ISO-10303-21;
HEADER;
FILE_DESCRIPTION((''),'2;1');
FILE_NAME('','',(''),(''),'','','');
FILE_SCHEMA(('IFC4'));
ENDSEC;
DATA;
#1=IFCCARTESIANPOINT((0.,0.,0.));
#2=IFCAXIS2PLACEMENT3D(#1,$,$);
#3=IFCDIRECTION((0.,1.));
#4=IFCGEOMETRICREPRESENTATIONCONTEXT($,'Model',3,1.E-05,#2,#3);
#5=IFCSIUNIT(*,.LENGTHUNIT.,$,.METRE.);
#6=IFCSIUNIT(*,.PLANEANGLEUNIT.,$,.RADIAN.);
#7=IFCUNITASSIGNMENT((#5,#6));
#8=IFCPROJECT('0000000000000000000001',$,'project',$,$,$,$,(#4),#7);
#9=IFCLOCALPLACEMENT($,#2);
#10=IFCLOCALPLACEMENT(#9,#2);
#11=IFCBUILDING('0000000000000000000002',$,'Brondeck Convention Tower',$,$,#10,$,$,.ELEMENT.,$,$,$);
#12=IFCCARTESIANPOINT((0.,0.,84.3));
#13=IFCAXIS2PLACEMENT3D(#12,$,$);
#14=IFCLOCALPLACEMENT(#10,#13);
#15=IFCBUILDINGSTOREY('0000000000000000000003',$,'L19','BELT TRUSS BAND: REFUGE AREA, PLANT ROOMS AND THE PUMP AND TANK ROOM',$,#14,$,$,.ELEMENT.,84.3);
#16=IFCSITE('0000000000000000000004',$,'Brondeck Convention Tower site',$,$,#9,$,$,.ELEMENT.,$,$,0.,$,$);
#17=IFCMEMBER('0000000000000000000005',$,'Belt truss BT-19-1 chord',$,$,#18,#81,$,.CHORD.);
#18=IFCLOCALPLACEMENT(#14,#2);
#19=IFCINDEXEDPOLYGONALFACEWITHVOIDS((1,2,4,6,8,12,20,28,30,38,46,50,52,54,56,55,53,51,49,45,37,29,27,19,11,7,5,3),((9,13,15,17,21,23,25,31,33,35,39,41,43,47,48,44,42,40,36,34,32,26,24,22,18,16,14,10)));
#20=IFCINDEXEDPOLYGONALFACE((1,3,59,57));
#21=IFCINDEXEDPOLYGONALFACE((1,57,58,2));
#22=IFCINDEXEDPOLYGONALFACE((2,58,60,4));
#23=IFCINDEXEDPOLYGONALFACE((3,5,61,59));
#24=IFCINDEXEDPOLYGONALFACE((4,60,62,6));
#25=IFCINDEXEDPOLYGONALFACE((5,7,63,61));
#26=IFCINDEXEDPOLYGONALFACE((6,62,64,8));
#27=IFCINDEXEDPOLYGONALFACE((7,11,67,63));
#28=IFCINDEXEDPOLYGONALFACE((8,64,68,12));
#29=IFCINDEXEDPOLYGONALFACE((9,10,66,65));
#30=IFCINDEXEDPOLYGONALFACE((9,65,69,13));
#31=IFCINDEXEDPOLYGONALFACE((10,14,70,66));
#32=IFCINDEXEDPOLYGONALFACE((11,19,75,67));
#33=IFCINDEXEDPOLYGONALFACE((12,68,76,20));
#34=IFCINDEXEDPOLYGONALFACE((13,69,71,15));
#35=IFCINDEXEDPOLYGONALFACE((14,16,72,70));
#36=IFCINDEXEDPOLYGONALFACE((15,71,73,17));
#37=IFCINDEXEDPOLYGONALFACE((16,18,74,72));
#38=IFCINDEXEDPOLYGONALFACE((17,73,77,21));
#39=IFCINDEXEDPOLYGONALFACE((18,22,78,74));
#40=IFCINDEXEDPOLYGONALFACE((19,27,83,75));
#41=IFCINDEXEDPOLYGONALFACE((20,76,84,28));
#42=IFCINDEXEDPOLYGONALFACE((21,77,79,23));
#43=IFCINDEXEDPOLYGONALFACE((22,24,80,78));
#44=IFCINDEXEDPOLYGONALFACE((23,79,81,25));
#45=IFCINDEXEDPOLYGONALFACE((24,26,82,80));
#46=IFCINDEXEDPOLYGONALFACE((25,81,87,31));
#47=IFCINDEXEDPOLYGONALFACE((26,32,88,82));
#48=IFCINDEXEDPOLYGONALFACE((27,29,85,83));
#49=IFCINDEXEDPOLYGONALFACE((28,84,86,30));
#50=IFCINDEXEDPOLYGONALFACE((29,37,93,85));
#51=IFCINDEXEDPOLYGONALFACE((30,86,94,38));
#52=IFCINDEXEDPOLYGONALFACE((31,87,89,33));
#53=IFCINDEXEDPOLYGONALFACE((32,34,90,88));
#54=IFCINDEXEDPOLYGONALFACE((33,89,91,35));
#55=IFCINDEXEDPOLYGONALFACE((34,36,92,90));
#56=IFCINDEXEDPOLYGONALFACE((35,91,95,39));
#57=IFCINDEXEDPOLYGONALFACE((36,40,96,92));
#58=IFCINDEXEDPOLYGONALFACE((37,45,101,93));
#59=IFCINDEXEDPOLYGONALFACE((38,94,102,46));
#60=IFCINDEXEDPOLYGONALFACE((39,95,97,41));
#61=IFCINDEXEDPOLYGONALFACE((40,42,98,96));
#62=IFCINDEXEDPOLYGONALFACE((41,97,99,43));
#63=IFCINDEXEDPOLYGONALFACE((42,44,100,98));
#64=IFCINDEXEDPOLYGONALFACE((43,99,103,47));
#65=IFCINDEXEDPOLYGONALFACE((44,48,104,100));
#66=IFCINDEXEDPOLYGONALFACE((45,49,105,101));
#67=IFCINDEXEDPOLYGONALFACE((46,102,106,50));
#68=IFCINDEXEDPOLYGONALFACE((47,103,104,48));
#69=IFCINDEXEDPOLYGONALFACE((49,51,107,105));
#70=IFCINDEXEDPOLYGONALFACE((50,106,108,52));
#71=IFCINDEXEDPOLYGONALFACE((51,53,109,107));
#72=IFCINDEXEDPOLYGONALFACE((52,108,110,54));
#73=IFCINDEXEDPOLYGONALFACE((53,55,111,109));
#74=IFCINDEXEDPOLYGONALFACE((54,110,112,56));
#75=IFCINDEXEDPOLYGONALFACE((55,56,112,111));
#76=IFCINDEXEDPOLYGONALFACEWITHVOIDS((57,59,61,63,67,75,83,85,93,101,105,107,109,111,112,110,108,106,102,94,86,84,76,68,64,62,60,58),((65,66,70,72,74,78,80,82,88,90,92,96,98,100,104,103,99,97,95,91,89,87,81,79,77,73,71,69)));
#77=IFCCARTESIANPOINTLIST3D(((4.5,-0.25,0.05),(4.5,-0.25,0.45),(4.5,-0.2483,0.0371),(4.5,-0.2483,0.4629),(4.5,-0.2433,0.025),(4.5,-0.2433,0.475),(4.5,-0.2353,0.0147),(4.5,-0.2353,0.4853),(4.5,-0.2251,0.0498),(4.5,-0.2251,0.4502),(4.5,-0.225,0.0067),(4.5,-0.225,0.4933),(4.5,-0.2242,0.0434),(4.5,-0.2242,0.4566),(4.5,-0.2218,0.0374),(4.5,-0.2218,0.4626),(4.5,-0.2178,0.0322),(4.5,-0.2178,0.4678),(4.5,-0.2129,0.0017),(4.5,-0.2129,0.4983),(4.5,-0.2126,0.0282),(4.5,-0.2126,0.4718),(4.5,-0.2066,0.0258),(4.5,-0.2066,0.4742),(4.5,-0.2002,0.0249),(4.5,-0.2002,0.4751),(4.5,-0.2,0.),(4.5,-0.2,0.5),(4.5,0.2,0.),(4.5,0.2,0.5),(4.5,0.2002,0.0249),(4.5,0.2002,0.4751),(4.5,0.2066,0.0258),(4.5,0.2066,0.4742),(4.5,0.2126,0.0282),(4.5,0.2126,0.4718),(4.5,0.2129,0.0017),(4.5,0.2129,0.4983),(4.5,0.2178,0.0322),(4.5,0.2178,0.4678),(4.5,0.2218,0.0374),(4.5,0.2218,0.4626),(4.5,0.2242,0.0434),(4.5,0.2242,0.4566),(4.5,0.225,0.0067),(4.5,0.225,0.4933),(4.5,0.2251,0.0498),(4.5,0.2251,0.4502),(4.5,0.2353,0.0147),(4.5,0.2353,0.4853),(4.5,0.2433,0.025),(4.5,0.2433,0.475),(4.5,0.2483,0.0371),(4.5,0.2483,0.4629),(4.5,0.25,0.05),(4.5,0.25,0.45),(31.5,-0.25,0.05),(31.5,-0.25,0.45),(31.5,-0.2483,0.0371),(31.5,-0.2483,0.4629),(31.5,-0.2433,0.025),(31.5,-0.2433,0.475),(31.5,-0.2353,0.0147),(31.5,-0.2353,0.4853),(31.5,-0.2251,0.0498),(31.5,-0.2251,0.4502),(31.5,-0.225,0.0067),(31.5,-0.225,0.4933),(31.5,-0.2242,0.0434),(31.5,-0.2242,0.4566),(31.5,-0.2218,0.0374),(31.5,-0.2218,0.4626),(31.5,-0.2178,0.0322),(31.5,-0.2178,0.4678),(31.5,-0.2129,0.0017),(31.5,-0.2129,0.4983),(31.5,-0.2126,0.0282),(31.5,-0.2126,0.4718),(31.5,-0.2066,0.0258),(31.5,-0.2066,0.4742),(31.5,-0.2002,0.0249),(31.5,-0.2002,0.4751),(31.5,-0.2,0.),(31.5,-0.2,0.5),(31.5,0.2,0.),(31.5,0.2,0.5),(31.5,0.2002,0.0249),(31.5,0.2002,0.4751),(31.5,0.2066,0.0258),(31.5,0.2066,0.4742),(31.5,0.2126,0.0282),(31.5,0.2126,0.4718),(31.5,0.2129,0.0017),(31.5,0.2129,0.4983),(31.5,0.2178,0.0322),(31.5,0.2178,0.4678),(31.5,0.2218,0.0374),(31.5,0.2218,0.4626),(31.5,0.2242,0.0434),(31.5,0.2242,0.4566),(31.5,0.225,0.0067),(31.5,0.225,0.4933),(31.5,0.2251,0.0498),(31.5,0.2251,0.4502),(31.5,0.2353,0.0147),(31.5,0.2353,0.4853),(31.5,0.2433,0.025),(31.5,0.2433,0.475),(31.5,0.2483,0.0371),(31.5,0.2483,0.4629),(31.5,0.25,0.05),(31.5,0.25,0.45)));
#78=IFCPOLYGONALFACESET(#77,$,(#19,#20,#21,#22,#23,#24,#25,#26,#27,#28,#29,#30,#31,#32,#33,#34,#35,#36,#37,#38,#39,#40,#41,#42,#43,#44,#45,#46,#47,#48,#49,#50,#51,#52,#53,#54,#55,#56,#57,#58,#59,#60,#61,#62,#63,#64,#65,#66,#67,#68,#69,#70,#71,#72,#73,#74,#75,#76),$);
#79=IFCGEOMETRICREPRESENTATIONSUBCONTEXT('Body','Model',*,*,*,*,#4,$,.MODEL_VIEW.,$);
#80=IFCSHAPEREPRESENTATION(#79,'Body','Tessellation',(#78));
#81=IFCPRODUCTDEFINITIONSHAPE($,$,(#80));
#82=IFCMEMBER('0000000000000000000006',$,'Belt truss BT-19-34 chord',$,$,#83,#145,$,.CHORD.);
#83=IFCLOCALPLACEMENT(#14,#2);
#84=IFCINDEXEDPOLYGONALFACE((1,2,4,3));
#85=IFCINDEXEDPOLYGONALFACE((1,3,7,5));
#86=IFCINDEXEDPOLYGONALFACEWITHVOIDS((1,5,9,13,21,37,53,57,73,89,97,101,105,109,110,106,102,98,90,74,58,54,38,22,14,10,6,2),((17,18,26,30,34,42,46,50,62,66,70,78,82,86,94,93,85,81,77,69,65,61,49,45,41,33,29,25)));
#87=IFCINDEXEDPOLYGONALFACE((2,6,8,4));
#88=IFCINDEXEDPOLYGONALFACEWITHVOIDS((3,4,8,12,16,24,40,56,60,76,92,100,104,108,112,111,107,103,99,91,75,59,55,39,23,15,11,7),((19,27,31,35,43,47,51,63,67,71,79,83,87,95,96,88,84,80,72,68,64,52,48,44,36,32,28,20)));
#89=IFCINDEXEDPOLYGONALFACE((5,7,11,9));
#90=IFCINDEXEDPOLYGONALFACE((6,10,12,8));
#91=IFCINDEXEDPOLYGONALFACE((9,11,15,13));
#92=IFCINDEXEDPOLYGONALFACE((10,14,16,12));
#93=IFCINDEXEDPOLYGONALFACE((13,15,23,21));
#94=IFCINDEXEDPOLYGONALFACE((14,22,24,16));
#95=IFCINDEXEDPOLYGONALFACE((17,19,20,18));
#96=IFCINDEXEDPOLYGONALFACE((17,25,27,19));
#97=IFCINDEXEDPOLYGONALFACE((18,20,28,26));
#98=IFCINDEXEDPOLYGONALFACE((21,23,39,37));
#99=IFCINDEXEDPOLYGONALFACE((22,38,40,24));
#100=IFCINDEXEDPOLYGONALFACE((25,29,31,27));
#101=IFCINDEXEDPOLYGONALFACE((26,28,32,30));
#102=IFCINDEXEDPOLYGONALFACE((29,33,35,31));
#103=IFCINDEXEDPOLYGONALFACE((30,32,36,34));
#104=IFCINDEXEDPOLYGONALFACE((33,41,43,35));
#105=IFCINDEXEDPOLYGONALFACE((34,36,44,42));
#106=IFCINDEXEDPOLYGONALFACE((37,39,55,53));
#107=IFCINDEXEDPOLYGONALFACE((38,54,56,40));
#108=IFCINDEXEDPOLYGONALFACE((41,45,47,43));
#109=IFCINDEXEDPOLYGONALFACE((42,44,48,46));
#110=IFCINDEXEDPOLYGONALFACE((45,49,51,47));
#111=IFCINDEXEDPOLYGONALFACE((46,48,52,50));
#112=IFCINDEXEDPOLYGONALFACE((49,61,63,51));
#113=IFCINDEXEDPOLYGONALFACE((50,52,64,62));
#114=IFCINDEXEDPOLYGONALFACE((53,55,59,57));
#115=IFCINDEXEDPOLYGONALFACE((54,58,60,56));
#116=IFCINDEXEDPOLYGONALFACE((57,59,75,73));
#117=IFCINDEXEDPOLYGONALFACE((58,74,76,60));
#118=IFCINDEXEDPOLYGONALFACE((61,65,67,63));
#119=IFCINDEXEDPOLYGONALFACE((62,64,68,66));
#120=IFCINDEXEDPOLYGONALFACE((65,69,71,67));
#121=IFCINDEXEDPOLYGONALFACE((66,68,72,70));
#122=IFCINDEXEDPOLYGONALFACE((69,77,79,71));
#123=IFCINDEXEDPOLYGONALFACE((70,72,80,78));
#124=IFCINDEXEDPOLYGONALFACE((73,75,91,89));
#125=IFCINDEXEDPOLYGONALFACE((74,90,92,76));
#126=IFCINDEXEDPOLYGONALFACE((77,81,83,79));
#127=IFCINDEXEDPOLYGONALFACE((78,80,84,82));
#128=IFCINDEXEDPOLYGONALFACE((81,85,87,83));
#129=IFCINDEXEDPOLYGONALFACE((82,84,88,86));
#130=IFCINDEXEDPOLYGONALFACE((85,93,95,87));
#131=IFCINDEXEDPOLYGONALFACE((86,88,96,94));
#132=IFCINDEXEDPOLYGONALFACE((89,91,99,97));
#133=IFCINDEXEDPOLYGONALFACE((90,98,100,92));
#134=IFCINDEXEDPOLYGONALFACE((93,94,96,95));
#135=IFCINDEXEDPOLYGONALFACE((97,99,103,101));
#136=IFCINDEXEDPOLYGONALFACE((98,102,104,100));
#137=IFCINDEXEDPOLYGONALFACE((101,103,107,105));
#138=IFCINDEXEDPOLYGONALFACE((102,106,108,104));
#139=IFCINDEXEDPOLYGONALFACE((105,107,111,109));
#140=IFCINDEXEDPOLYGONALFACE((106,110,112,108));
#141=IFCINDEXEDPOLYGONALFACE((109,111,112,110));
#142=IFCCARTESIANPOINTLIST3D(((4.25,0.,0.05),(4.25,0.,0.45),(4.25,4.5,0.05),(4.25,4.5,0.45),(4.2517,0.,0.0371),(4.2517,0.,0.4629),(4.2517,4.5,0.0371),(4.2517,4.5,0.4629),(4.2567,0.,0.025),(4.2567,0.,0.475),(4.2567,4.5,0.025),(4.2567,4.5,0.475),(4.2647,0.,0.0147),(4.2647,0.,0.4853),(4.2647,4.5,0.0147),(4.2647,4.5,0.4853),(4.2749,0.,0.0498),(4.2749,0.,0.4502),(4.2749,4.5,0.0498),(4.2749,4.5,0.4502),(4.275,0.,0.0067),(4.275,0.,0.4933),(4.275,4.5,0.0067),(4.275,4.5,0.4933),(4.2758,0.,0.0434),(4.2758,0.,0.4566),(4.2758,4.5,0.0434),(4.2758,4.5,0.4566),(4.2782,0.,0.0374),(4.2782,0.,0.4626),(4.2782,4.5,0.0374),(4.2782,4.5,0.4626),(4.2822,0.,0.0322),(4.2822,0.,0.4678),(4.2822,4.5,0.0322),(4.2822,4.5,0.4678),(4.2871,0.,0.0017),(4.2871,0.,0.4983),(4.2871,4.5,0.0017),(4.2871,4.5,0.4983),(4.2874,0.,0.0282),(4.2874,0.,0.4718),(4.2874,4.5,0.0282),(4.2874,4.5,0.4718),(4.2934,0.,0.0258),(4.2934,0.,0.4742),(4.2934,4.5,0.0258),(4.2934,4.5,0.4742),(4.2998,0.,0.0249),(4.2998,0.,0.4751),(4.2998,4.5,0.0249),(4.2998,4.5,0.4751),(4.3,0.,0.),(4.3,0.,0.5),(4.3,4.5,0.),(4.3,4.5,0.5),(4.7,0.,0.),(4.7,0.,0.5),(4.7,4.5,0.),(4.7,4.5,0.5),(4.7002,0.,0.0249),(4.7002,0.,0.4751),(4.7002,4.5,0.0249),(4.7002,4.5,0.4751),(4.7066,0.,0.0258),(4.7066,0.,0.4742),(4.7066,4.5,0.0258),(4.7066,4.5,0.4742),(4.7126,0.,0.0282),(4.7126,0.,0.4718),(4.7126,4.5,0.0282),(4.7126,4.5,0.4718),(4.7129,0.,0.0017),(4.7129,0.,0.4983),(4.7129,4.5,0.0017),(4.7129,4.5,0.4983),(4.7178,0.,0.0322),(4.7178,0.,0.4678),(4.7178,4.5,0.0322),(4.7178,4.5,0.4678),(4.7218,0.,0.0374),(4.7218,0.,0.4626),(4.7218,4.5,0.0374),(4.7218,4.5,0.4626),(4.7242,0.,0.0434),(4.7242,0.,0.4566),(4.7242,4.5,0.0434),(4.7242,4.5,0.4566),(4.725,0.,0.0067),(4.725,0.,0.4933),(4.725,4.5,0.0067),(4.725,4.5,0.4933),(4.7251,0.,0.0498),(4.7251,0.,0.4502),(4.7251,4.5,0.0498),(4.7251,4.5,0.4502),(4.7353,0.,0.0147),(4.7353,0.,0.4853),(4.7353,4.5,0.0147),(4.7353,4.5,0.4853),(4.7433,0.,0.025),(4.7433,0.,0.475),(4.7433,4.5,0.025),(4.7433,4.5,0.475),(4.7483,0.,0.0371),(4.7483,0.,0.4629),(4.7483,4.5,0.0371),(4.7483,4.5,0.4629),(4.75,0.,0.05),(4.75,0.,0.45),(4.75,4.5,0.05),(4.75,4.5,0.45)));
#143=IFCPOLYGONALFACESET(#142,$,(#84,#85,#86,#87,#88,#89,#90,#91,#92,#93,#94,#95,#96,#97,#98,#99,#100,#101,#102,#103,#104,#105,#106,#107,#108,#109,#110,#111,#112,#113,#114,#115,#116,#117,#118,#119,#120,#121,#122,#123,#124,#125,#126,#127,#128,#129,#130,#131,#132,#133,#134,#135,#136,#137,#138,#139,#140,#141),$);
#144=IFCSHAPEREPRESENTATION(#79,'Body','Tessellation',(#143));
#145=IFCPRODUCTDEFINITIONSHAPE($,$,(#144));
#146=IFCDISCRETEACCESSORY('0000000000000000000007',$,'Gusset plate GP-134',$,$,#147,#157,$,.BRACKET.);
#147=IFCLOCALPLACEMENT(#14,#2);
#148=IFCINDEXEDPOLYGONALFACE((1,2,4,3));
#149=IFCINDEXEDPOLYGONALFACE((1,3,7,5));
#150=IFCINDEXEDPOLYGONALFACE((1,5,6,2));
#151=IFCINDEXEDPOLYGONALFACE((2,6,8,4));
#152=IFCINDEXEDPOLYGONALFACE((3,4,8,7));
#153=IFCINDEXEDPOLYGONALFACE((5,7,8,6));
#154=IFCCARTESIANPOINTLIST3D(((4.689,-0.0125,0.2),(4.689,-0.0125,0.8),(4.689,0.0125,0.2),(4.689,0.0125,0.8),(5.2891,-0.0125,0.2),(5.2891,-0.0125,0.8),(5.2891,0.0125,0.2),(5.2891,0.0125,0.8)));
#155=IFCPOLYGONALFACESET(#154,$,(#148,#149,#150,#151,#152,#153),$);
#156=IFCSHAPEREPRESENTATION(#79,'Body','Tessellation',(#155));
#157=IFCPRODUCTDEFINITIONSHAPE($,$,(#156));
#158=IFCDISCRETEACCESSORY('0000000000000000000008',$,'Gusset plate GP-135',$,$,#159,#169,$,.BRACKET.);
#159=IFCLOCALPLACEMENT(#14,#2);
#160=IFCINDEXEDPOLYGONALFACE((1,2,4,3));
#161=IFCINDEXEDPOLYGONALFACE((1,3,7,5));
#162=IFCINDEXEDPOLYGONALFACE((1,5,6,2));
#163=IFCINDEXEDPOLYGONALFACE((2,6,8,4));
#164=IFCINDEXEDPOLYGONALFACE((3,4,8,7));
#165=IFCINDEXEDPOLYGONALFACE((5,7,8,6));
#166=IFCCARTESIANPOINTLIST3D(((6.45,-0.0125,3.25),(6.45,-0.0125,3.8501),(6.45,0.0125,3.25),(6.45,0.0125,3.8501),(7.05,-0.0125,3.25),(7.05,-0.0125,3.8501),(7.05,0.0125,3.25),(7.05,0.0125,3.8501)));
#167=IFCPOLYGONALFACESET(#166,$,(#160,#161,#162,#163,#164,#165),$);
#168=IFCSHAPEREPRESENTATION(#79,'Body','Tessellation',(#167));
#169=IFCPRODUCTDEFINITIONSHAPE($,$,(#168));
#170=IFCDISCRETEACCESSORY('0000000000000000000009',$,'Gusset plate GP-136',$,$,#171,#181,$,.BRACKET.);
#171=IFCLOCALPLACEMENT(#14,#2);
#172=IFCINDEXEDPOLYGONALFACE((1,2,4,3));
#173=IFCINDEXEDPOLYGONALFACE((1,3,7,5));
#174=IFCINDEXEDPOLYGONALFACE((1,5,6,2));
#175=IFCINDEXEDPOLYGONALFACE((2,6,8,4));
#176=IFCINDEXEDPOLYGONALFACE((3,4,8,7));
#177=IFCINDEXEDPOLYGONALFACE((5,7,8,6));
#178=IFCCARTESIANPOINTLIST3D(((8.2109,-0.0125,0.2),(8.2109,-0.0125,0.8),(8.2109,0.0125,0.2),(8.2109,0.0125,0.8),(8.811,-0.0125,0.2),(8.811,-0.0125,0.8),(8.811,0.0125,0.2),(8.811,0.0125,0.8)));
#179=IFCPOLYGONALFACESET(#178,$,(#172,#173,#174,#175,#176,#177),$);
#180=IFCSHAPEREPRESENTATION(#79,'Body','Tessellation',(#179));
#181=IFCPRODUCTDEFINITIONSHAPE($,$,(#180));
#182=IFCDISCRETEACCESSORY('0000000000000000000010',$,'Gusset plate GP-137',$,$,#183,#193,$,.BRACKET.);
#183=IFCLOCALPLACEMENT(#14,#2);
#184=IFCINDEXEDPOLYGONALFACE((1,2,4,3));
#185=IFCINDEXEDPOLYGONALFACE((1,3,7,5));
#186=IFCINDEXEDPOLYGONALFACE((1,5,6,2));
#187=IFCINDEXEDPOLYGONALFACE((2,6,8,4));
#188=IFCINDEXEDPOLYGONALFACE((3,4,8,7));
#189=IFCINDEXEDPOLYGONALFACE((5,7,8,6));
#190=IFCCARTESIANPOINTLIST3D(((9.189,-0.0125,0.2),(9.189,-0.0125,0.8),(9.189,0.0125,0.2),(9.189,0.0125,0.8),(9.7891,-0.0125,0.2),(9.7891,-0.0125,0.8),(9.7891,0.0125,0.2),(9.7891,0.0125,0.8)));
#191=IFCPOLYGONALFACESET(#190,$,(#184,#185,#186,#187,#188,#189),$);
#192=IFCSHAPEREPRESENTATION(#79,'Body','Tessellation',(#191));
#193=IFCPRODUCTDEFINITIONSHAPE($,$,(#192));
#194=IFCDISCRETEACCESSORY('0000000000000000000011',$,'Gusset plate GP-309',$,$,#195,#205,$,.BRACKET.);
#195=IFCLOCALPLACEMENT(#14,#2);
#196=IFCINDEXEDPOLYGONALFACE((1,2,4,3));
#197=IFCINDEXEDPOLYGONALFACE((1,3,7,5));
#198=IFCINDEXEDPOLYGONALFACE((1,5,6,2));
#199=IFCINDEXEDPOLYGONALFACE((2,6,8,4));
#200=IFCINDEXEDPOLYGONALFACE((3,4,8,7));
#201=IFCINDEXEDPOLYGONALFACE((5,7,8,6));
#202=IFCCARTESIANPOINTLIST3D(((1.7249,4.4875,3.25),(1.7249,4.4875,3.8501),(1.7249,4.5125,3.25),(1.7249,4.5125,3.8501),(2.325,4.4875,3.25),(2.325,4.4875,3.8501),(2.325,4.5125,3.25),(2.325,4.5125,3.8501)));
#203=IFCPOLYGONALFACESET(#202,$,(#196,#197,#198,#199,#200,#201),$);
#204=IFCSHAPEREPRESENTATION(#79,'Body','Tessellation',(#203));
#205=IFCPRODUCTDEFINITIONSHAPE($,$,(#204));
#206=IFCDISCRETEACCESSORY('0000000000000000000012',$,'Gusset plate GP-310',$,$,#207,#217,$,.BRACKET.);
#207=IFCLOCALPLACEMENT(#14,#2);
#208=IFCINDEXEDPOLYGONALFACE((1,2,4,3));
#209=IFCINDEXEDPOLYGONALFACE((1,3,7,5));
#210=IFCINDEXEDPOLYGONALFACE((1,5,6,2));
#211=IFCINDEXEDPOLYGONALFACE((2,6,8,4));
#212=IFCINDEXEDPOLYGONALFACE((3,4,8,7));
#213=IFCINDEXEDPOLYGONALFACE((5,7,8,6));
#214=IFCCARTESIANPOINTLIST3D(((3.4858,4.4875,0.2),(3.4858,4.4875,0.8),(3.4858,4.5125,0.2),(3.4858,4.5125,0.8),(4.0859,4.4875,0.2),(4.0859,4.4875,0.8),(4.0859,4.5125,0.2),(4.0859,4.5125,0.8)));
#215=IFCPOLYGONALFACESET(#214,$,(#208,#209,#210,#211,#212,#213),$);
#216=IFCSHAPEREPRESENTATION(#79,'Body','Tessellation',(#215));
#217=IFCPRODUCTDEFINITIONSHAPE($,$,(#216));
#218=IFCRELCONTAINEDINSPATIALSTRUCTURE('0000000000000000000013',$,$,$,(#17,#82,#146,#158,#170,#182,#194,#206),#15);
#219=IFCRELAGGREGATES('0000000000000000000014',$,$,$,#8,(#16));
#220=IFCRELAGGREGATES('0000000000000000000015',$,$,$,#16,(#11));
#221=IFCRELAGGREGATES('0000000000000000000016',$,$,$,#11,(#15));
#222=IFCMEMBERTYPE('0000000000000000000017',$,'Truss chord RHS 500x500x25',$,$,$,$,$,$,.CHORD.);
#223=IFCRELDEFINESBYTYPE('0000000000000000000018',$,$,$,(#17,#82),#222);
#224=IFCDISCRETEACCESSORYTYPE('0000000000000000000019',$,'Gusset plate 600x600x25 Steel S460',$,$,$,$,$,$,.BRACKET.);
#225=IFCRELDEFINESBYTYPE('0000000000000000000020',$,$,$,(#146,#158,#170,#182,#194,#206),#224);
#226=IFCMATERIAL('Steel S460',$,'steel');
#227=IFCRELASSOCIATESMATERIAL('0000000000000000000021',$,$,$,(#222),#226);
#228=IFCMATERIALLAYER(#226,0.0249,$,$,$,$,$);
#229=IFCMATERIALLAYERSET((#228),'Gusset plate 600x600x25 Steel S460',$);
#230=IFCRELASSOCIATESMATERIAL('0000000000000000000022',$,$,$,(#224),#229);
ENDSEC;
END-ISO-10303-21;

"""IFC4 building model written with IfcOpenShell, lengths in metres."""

from ifc_helpers import new_model, si_unit, direction, frame, origin, origin_2d, place, context, subcontext, project, spatial, rectangle, hollow_rectangle, extrude, material, layer, layer_set, material_profile, profile_set, type_object, element, save


model = new_model("IFC4")

# Units and contexts
model_context = context("Model", 3, precision=1e-05, world=origin(), true_north=direction((0.0, 1.0)))
body_context = subcontext(model_context, "Body", "Model", "MODEL_VIEW")
ifc_project = project(units=[si_unit("LENGTHUNIT", "METRE"), si_unit("PLANEANGLEUNIT", "RADIAN")], contexts=[model_context])

# Site, building, storey
site_placement = place(None, origin())
site = spatial("IfcSite", under=ifc_project, at=site_placement, Name="Brondeck Convention Tower site", CompositionType="ELEMENT", RefElevation=0.0)
building_placement = place(site_placement, origin())
building = spatial("IfcBuilding", under=site, at=building_placement, Name="Brondeck Convention Tower", CompositionType="ELEMENT")
storey_placement = place(building_placement, frame((0.0, 0.0, 84.3)))
storey = spatial("IfcBuildingStorey", under=building, at=storey_placement, Name="L19", Description="BELT TRUSS BAND: REFUGE AREA, PLANT ROOMS AND THE PUMP AND TANK ROOM", CompositionType="ELEMENT", Elevation=84.3)

# Shared definitions
ifc_material_1 = material(Name="Steel S460", Category="steel")

# Members
ifc_material_profile_1 = material_profile(ifc_material_1, hollow_rectangle(XDim=0.5, YDim=0.5, WallThickness=0.0249, InnerFilletRadius=0.0249, OuterFilletRadius=0.05, at=origin_2d()), Name="RHS 500x500x25")
ifc_profile_set_1 = profile_set([ifc_material_profile_1], Name="Steel S460")
member_type_1 = type_object("IfcMemberType", Name="Truss chord RHS 500x500x25", PredefinedType="CHORD", material=ifc_profile_set_1)
member_1_placement = place(storey_placement, frame((4.5, 0.0, 0.25), z_axis=(1.0, 0.0, 0.0), x_axis=(0.0, 1.0, 0.0)))
element("IfcMember", 1, at=member_1_placement, inside=storey, type_object=member_type_1, Name="Belt truss BT-19-1 chord", PredefinedType="CHORD", context=body_context, shape_type="SweptSolid", body=[
    extrude(hollow_rectangle(XDim=0.5, YDim=0.5, WallThickness=0.0249, InnerFilletRadius=0.0249, OuterFilletRadius=0.05, at=origin_2d()), origin(), (0.0, 0.0, 1.0), 27.0),
])
member_2_placement = place(storey_placement, frame((4.5, 4.5, 0.25), z_axis=(0.0, -1.0, 0.0), x_axis=(1.0, 0.0, 0.0)))
element("IfcMember", 2, at=member_2_placement, inside=storey, type_object=member_type_1, Name="Belt truss BT-19-34 chord", PredefinedType="CHORD", context=body_context, shape_type="SweptSolid", body=[
    extrude(hollow_rectangle(XDim=0.5, YDim=0.5, WallThickness=0.0249, InnerFilletRadius=0.0249, OuterFilletRadius=0.05, at=origin_2d()), origin(), (0.0, 0.0, 1.0), 4.5),
])

# Discrete accessories
ifc_layer = layer(ifc_material_1, 0.0249)
ifc_layer_set = layer_set([ifc_layer], Name="Gusset plate 600x600x25 Steel S460")
discrete_accessory_type = type_object("IfcDiscreteAccessoryType", Name="Gusset plate 600x600x25 Steel S460", PredefinedType="BRACKET", material=ifc_layer_set)
for number, where, z_axis, x_axis, name in (
    (3, (4.989, 0.0, 0.2), (0.0, 0.0, 1.0), (1.0, 0.0, 0.0), "Gusset plate GP-134"),
    (4, (6.75, 0.0, 3.25), (0.0, 0.0, 1.0), (1.0, 0.0, 0.0), "Gusset plate GP-135"),
    (5, (8.511, 0.0, 0.2), (0.0, 0.0, 1.0), (1.0, 0.0, 0.0), "Gusset plate GP-136"),
    (6, (9.489, 0.0, 0.2), (0.0, 0.0, 1.0), (1.0, 0.0, 0.0), "Gusset plate GP-137"),
    (7, (2.0249, 4.5, 3.25), (0.0, 0.0, 1.0), (1.0, 0.0, 0.0), "Gusset plate GP-309"),
    (8, (3.7859, 4.5, 0.2), (0.0, 0.0, 1.0), (1.0, 0.0, 0.0), "Gusset plate GP-310"),
):
    element("IfcDiscreteAccessory", number, at=place(storey_placement, frame(where, z_axis=z_axis, x_axis=x_axis)), inside=storey, type_object=discrete_accessory_type, Name=name, PredefinedType="BRACKET", context=body_context, shape_type="SweptSolid", body=[
        extrude(rectangle(XDim=0.6001, YDim=0.0249, at=origin_2d()), origin(), (0.0, 0.0, 1.0), 0.6001),
    ])

save(model, "model.ifc")
